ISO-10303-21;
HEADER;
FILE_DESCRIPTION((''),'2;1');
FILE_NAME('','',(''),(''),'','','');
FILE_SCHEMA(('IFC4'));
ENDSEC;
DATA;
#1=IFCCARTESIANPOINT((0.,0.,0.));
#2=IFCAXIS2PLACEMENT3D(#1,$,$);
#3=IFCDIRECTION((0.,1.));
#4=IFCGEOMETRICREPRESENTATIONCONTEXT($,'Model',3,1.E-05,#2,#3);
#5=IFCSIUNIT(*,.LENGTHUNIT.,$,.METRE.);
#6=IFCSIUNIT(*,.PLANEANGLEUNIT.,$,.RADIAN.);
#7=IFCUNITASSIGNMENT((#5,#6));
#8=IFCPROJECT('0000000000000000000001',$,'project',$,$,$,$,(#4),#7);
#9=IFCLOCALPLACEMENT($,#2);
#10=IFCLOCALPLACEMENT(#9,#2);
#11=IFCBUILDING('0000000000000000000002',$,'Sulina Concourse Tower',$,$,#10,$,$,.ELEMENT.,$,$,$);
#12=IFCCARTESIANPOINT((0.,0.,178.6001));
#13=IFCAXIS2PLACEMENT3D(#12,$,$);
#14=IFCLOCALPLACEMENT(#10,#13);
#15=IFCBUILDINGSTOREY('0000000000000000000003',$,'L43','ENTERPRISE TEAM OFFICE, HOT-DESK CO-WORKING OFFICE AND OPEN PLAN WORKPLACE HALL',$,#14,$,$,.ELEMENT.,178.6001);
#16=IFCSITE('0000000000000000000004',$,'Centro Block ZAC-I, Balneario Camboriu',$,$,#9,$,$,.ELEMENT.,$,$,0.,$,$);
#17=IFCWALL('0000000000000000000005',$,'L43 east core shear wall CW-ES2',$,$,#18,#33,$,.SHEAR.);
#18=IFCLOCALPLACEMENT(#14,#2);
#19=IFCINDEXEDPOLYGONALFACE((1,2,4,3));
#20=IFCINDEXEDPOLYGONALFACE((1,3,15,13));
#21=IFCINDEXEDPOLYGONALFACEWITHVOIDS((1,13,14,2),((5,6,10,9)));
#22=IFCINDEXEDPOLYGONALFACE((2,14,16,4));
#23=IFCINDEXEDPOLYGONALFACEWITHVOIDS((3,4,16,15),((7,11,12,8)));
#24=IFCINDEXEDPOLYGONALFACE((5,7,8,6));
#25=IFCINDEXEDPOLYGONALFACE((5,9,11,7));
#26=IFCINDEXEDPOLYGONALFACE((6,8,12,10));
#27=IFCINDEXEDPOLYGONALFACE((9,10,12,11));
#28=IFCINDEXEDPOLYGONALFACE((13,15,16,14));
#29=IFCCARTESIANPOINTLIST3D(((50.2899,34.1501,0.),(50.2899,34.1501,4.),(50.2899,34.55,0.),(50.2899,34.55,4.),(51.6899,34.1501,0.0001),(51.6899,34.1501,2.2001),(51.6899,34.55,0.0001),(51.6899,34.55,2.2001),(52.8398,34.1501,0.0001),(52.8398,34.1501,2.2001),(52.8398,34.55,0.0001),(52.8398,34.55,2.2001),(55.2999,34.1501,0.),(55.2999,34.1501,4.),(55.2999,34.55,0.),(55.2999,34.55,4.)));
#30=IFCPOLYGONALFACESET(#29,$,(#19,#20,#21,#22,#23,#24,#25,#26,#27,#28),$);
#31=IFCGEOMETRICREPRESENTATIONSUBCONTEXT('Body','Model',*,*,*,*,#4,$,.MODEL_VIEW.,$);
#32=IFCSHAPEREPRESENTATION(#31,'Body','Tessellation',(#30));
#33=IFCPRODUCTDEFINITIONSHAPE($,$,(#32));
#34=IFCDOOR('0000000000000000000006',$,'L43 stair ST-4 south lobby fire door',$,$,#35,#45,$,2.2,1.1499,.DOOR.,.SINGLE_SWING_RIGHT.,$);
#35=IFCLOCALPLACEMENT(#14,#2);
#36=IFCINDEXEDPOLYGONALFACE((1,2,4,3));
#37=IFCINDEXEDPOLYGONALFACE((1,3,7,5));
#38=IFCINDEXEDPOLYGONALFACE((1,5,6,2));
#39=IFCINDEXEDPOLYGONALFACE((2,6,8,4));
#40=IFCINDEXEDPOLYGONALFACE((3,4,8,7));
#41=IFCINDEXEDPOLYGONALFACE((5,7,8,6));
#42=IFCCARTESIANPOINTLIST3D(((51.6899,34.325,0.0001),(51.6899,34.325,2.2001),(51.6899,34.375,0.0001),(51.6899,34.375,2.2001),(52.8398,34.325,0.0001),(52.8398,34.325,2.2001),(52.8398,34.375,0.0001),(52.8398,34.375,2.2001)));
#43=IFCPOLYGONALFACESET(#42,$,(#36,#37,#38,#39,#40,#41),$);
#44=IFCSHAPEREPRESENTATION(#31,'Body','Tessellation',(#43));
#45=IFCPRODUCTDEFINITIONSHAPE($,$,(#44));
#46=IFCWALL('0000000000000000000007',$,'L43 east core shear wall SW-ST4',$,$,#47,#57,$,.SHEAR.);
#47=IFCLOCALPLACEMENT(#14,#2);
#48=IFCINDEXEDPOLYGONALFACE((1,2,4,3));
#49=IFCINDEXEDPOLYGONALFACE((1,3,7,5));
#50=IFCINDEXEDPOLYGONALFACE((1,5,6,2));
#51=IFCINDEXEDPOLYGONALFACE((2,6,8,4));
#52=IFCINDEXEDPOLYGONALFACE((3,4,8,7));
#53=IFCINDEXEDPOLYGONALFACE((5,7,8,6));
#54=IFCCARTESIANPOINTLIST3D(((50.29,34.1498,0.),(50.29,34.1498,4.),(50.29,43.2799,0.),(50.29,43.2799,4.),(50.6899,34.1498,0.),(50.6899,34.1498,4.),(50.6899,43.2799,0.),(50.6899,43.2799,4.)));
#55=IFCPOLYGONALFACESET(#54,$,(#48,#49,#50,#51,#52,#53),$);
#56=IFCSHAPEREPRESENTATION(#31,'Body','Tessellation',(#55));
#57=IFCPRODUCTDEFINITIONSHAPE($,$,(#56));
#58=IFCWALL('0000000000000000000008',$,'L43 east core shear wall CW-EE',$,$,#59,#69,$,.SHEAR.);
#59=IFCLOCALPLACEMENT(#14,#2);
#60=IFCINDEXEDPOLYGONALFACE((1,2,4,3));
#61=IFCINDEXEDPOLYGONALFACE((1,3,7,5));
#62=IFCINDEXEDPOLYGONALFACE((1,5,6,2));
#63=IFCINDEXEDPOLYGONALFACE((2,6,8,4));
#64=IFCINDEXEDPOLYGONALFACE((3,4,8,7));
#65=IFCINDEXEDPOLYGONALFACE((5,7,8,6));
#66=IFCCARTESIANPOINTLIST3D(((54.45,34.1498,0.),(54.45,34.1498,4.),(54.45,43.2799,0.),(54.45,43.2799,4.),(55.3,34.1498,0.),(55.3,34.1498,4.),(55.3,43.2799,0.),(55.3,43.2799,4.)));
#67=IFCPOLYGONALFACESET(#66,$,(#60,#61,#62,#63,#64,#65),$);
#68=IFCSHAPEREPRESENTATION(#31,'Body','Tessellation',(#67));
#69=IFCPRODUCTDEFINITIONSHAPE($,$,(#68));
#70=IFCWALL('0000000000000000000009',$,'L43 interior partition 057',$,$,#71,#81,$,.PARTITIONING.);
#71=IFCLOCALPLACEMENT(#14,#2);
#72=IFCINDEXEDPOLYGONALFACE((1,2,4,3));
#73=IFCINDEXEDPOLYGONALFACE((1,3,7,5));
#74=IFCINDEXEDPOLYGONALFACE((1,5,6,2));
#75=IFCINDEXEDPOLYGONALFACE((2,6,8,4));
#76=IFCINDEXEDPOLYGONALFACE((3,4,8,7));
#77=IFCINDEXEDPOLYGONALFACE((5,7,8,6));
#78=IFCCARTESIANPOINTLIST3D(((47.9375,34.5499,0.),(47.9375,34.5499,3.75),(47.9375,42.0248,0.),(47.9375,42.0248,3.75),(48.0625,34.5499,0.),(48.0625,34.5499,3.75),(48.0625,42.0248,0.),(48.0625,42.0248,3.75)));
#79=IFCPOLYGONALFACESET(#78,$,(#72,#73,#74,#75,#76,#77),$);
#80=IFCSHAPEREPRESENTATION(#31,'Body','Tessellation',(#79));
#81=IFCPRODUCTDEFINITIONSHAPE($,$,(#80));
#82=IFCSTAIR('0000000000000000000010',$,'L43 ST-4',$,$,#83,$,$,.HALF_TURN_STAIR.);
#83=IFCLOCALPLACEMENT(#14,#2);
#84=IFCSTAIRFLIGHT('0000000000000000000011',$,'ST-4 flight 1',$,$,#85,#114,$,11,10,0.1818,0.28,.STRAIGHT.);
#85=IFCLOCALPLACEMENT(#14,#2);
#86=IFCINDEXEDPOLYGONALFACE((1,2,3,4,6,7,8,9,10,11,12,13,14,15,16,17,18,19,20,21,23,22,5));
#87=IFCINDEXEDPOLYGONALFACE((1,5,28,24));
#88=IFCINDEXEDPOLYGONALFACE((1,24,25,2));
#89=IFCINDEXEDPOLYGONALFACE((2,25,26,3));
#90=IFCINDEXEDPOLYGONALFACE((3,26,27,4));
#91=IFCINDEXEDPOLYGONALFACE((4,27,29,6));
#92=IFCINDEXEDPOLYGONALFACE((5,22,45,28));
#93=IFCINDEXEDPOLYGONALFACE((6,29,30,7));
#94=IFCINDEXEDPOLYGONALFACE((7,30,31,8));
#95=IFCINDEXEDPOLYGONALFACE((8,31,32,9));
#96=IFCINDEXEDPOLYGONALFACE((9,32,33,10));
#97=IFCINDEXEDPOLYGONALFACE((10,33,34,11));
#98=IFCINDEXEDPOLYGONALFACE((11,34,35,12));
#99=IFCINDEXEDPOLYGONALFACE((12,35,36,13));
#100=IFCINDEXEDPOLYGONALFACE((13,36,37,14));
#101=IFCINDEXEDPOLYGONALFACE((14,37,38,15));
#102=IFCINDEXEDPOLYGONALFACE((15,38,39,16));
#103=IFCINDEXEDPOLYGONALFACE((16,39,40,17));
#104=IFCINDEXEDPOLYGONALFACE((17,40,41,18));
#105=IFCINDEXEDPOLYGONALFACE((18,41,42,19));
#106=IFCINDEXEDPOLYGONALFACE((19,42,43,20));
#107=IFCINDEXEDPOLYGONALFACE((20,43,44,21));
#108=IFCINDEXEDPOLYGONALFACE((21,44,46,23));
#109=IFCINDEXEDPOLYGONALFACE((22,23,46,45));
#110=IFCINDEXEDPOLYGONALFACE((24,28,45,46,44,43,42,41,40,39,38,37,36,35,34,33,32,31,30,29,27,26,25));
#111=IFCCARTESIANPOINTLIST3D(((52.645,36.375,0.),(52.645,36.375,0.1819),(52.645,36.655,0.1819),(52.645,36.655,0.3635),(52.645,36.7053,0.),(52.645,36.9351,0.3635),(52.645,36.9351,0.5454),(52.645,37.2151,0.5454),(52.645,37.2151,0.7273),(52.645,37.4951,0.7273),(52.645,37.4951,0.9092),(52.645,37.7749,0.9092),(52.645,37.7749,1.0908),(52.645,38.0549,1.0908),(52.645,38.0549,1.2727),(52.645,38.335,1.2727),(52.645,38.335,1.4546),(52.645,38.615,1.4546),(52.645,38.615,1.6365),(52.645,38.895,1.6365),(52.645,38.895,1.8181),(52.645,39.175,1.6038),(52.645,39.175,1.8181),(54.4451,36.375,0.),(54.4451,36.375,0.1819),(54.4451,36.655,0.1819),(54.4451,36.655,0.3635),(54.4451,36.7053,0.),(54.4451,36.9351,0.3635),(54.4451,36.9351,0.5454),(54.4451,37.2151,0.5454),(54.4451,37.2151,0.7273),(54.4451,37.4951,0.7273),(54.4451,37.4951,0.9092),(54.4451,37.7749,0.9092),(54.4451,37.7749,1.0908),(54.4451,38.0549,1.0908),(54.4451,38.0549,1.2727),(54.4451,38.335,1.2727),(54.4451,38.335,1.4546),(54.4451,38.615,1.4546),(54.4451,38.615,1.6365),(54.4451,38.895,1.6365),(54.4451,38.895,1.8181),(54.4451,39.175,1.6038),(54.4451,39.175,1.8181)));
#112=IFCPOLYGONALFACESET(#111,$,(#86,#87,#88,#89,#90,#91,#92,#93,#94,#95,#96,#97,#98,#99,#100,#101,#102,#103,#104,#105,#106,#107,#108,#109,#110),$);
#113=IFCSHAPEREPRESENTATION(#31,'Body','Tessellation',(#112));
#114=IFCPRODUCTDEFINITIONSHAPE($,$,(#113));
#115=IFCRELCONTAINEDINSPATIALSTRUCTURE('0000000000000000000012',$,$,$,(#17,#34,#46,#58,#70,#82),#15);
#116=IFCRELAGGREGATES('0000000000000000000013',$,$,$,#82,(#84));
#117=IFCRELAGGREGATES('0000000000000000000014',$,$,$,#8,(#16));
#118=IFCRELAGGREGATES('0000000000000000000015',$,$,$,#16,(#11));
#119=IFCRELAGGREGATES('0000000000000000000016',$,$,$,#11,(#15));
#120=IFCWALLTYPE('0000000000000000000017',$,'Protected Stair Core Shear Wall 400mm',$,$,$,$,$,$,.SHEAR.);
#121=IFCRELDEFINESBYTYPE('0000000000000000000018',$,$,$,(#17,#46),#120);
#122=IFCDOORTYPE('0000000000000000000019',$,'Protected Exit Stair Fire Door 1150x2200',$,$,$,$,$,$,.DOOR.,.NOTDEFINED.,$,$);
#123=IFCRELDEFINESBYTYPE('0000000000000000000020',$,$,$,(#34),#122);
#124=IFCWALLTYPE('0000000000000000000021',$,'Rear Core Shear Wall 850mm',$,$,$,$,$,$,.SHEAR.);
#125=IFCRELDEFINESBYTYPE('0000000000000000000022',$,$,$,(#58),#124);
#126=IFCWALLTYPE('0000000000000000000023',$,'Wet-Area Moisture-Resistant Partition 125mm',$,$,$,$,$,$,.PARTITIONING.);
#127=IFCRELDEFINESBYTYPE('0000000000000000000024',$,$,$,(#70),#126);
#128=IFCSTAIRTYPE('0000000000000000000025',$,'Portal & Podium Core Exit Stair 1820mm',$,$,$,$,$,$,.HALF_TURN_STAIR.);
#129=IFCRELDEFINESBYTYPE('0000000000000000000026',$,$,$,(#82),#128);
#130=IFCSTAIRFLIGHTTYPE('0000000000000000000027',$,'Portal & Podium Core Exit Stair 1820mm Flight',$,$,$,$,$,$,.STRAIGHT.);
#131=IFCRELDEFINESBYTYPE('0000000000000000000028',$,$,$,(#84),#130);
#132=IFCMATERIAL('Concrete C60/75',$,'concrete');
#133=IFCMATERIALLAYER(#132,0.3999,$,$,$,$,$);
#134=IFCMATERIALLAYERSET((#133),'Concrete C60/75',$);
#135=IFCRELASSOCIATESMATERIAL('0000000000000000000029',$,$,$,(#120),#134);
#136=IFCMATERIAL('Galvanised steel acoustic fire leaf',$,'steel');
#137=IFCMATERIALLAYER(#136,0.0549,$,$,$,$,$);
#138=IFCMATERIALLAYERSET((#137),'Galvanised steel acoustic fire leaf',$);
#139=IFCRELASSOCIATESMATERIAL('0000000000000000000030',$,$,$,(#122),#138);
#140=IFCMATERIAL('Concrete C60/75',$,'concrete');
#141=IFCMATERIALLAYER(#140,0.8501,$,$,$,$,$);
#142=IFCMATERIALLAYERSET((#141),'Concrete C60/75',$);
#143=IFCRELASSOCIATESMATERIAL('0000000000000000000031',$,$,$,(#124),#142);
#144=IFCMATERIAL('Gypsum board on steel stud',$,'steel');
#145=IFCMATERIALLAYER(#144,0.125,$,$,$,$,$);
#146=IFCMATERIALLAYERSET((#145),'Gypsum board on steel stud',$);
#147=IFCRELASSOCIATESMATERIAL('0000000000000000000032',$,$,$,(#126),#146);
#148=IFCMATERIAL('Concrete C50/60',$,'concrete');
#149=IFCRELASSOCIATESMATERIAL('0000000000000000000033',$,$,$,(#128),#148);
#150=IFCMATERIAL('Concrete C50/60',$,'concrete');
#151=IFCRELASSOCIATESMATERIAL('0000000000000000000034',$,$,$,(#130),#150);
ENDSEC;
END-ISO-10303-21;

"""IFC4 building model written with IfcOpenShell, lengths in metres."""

from ifc_helpers import new_model, si_unit, direction, frame, frame_2d, origin, place, context, subcontext, project, spatial, polyline, rectangle, outline, extrude, material, layer, layer_set, type_object, element, fill, aggregate, save


model = new_model("IFC4")

# Units and contexts
model_context = context("Model", 3, precision=1e-05, world=origin(), true_north=direction((0.0, 1.0)))
body_context = subcontext(model_context, "Body", "Model", "MODEL_VIEW")
ifc_project = project(units=[si_unit("LENGTHUNIT", "METRE"), si_unit("PLANEANGLEUNIT", "RADIAN")], contexts=[model_context])

# Site, building, storey
site_placement = place(None, origin())
site = spatial("IfcSite", under=ifc_project, at=site_placement, Name="Centro Block ZAC-I, Balneario Camboriu", CompositionType="ELEMENT", RefElevation=0.0)
building_placement = place(site_placement, origin())
building = spatial("IfcBuilding", under=site, at=building_placement, Name="Sulina Concourse Tower", CompositionType="ELEMENT")
storey_placement = place(building_placement, frame((0.0, 0.0, 178.6001)))
storey = spatial("IfcBuildingStorey", under=building, at=storey_placement, Name="L43", Description="ENTERPRISE TEAM OFFICE, HOT-DESK CO-WORKING OFFICE AND OPEN PLAN WORKPLACE HALL", CompositionType="ELEMENT", Elevation=178.6001)

# Shared definitions
ifc_material_1 = material(Name="Concrete C60/75", Category="concrete")
ifc_layer_1 = layer(ifc_material_1, 0.3999)
ifc_layer_set_1 = layer_set([ifc_layer_1], Name="Concrete C60/75")
wall_type_1 = type_object("IfcWallType", Name="Protected Stair Core Shear Wall 400mm", PredefinedType="SHEAR", material=ifc_layer_set_1)

# Wall, opening, door
wall_1_placement = place(storey_placement, frame((50.29, 34.3501, 0.0), z_axis=(0.0, 0.0, 1.0), x_axis=(1.0, 0.0, 0.0)))
wall_1 = element("IfcWall", 1, at=wall_1_placement, inside=storey, type_object=wall_type_1, Name="L43 east core shear wall CW-ES2", PredefinedType="SHEAR", context=body_context, shape_type="SweptSolid", body=[
    extrude(rectangle(XDim=5.01, YDim=0.3999, at=frame_2d((2.5049, 0.0))), origin(), (0.0, 0.0, 1.0), 4.0),
])
opening_1_placement = place(wall_1_placement, frame((1.3999, 0.0, 0.0)))
opening_1 = element("IfcOpeningElement", 2, at=opening_1_placement, cuts=wall_1, PredefinedType="OPENING", context=body_context, shape_type="SweptSolid", body=[
    extrude(rectangle(XDim=1.1499, YDim=2.2, at=frame_2d((0.575, 1.1001))), frame((0.0, 0.21, 0.0), z_axis=(0.0, -1.0, 0.0), x_axis=(1.0, 0.0, 0.0)), (0.0, 0.0, 1.0), 0.4199),
])
ifc_material_2 = material(Name="Galvanised steel acoustic fire leaf", Category="steel")
ifc_layer_2 = layer(ifc_material_2, 0.0549)
ifc_layer_set_2 = layer_set([ifc_layer_2], Name="Galvanised steel acoustic fire leaf")
door_type_1 = type_object("IfcDoorType", Name="Protected Exit Stair Fire Door 1150x2200", OperationType="NOTDEFINED", PredefinedType="DOOR", material=ifc_layer_set_2)
door_1_placement = place(opening_1_placement, origin())
door_1 = element("IfcDoor", 3, at=door_1_placement, inside=storey, type_object=door_type_1, Name="L43 stair ST-4 south lobby fire door", OperationType="SINGLE_SWING_RIGHT", OverallHeight=2.2, OverallWidth=1.1499, PredefinedType="DOOR", context=body_context, shape_type="SweptSolid", body=[
    extrude(rectangle(XDim=1.1499, YDim=2.2, at=frame_2d((0.575, 1.1001))), frame((0.0, 0.0249, 0.0), z_axis=(0.0, -1.0, 0.0), x_axis=(1.0, 0.0, 0.0)), (0.0, 0.0, 1.0), 0.05),
])
fill(opening_1, door_1)

# Walls
wall_2_placement = place(storey_placement, frame((50.49, 34.1499, 0.0), z_axis=(0.0, 0.0, 1.0), x_axis=(0.0, 1.0, 0.0)))
element("IfcWall", 4, at=wall_2_placement, inside=storey, type_object=wall_type_1, Name="L43 east core shear wall SW-ST4", PredefinedType="SHEAR", context=body_context, shape_type="SweptSolid", body=[
    extrude(rectangle(XDim=9.1301, YDim=0.3999, at=frame_2d((4.5649, 0.0))), origin(), (0.0, 0.0, 1.0), 4.0),
])
ifc_material_3 = material(Name="Concrete C60/75", Category="concrete")
ifc_layer_3 = layer(ifc_material_3, 0.8501)
ifc_layer_set_3 = layer_set([ifc_layer_3], Name="Concrete C60/75")
wall_type_2 = type_object("IfcWallType", Name="Rear Core Shear Wall 850mm", PredefinedType="SHEAR", material=ifc_layer_set_3)
wall_3_placement = place(storey_placement, frame((54.875, 34.1499, 0.0), z_axis=(0.0, 0.0, 1.0), x_axis=(0.0, 1.0, 0.0)))
element("IfcWall", 5, at=wall_3_placement, inside=storey, type_object=wall_type_2, Name="L43 east core shear wall CW-EE", PredefinedType="SHEAR", context=body_context, shape_type="SweptSolid", body=[
    extrude(rectangle(XDim=9.1301, YDim=0.8501, at=frame_2d((4.5649, 0.0))), origin(), (0.0, 0.0, 1.0), 4.0),
])
ifc_material_4 = material(Name="Gypsum board on steel stud", Category="steel")
ifc_layer_4 = layer(ifc_material_4, 0.125)
ifc_layer_set_4 = layer_set([ifc_layer_4], Name="Gypsum board on steel stud")
wall_type_3 = type_object("IfcWallType", Name="Wet-Area Moisture-Resistant Partition 125mm", PredefinedType="PARTITIONING", material=ifc_layer_set_4)
wall_4_placement = place(storey_placement, frame((48.0, 34.55, 0.0), z_axis=(0.0, 0.0, 1.0), x_axis=(0.0, 1.0, 0.0)))
element("IfcWall", 6, at=wall_4_placement, inside=storey, type_object=wall_type_3, Name="L43 interior partition 057", PredefinedType="PARTITIONING", context=body_context, shape_type="SweptSolid", body=[
    extrude(rectangle(XDim=7.4749, YDim=0.125, at=frame_2d((3.7373, 0.0))), origin(), (0.0, 0.0, 1.0), 3.75),
])

# Stair, stair flight
ifc_material_5 = material(Name="Concrete C50/60", Category="concrete")
stair_type = type_object("IfcStairType", Name="Portal & Podium Core Exit Stair 1820mm", PredefinedType="HALF_TURN_STAIR", material=ifc_material_5)
stair_placement = place(storey_placement, origin())
stair = element("IfcStair", 7, at=stair_placement, inside=storey, type_object=stair_type, Name="L43 ST-4", PredefinedType="HALF_TURN_STAIR")
ifc_material_6 = material(Name="Concrete C50/60", Category="concrete")
stair_flight_type = type_object("IfcStairFlightType", Name="Portal & Podium Core Exit Stair 1820mm Flight", PredefinedType="STRAIGHT", material=ifc_material_6)
stair_flight_placement = place(storey_placement, frame((53.5449, 36.375, 0.0), z_axis=(0.0, 0.0, 1.0), x_axis=(0.0, 1.0, 0.0)))
stair_flight = element("IfcStairFlight", 8, at=stair_flight_placement, type_object=stair_flight_type, Name="ST-4 flight 1", NumberOfRisers=11, NumberOfTreads=10, PredefinedType="STRAIGHT", RiserHeight=0.1818, TreadLength=0.28, context=body_context, shape_type="SweptSolid", body=[
    extrude(outline(polyline([(0.0, 0.0), (0.0, 0.1819), (0.28, 0.1819), (0.28, 0.3635), (0.5601, 0.3635), (0.5601, 0.5454), (0.8401, 0.5454), (0.8401, 0.7273), (1.1201, 0.7273), (1.1201, 0.9092), (1.3999, 0.9092), (1.3999, 1.0908), (1.6799, 1.0908), (1.6799, 1.2727), (1.96, 1.2727), (1.96, 1.4546), (2.24, 1.4546), (2.24, 1.6365), (2.52, 1.6365), (2.52, 1.8181), (2.8, 1.8181), (2.8, 2.0), (2.8, 1.6038), (0.3303, 0.0), (0.0, 0.0)])), frame((0.0, 0.8999, 0.0), z_axis=(0.0, -1.0, 0.0), x_axis=(1.0, 0.0, 0.0)), (0.0, 0.0, 1.0), 1.8),
])
aggregate(stair, [stair_flight])

save(model, "model.ifc")
